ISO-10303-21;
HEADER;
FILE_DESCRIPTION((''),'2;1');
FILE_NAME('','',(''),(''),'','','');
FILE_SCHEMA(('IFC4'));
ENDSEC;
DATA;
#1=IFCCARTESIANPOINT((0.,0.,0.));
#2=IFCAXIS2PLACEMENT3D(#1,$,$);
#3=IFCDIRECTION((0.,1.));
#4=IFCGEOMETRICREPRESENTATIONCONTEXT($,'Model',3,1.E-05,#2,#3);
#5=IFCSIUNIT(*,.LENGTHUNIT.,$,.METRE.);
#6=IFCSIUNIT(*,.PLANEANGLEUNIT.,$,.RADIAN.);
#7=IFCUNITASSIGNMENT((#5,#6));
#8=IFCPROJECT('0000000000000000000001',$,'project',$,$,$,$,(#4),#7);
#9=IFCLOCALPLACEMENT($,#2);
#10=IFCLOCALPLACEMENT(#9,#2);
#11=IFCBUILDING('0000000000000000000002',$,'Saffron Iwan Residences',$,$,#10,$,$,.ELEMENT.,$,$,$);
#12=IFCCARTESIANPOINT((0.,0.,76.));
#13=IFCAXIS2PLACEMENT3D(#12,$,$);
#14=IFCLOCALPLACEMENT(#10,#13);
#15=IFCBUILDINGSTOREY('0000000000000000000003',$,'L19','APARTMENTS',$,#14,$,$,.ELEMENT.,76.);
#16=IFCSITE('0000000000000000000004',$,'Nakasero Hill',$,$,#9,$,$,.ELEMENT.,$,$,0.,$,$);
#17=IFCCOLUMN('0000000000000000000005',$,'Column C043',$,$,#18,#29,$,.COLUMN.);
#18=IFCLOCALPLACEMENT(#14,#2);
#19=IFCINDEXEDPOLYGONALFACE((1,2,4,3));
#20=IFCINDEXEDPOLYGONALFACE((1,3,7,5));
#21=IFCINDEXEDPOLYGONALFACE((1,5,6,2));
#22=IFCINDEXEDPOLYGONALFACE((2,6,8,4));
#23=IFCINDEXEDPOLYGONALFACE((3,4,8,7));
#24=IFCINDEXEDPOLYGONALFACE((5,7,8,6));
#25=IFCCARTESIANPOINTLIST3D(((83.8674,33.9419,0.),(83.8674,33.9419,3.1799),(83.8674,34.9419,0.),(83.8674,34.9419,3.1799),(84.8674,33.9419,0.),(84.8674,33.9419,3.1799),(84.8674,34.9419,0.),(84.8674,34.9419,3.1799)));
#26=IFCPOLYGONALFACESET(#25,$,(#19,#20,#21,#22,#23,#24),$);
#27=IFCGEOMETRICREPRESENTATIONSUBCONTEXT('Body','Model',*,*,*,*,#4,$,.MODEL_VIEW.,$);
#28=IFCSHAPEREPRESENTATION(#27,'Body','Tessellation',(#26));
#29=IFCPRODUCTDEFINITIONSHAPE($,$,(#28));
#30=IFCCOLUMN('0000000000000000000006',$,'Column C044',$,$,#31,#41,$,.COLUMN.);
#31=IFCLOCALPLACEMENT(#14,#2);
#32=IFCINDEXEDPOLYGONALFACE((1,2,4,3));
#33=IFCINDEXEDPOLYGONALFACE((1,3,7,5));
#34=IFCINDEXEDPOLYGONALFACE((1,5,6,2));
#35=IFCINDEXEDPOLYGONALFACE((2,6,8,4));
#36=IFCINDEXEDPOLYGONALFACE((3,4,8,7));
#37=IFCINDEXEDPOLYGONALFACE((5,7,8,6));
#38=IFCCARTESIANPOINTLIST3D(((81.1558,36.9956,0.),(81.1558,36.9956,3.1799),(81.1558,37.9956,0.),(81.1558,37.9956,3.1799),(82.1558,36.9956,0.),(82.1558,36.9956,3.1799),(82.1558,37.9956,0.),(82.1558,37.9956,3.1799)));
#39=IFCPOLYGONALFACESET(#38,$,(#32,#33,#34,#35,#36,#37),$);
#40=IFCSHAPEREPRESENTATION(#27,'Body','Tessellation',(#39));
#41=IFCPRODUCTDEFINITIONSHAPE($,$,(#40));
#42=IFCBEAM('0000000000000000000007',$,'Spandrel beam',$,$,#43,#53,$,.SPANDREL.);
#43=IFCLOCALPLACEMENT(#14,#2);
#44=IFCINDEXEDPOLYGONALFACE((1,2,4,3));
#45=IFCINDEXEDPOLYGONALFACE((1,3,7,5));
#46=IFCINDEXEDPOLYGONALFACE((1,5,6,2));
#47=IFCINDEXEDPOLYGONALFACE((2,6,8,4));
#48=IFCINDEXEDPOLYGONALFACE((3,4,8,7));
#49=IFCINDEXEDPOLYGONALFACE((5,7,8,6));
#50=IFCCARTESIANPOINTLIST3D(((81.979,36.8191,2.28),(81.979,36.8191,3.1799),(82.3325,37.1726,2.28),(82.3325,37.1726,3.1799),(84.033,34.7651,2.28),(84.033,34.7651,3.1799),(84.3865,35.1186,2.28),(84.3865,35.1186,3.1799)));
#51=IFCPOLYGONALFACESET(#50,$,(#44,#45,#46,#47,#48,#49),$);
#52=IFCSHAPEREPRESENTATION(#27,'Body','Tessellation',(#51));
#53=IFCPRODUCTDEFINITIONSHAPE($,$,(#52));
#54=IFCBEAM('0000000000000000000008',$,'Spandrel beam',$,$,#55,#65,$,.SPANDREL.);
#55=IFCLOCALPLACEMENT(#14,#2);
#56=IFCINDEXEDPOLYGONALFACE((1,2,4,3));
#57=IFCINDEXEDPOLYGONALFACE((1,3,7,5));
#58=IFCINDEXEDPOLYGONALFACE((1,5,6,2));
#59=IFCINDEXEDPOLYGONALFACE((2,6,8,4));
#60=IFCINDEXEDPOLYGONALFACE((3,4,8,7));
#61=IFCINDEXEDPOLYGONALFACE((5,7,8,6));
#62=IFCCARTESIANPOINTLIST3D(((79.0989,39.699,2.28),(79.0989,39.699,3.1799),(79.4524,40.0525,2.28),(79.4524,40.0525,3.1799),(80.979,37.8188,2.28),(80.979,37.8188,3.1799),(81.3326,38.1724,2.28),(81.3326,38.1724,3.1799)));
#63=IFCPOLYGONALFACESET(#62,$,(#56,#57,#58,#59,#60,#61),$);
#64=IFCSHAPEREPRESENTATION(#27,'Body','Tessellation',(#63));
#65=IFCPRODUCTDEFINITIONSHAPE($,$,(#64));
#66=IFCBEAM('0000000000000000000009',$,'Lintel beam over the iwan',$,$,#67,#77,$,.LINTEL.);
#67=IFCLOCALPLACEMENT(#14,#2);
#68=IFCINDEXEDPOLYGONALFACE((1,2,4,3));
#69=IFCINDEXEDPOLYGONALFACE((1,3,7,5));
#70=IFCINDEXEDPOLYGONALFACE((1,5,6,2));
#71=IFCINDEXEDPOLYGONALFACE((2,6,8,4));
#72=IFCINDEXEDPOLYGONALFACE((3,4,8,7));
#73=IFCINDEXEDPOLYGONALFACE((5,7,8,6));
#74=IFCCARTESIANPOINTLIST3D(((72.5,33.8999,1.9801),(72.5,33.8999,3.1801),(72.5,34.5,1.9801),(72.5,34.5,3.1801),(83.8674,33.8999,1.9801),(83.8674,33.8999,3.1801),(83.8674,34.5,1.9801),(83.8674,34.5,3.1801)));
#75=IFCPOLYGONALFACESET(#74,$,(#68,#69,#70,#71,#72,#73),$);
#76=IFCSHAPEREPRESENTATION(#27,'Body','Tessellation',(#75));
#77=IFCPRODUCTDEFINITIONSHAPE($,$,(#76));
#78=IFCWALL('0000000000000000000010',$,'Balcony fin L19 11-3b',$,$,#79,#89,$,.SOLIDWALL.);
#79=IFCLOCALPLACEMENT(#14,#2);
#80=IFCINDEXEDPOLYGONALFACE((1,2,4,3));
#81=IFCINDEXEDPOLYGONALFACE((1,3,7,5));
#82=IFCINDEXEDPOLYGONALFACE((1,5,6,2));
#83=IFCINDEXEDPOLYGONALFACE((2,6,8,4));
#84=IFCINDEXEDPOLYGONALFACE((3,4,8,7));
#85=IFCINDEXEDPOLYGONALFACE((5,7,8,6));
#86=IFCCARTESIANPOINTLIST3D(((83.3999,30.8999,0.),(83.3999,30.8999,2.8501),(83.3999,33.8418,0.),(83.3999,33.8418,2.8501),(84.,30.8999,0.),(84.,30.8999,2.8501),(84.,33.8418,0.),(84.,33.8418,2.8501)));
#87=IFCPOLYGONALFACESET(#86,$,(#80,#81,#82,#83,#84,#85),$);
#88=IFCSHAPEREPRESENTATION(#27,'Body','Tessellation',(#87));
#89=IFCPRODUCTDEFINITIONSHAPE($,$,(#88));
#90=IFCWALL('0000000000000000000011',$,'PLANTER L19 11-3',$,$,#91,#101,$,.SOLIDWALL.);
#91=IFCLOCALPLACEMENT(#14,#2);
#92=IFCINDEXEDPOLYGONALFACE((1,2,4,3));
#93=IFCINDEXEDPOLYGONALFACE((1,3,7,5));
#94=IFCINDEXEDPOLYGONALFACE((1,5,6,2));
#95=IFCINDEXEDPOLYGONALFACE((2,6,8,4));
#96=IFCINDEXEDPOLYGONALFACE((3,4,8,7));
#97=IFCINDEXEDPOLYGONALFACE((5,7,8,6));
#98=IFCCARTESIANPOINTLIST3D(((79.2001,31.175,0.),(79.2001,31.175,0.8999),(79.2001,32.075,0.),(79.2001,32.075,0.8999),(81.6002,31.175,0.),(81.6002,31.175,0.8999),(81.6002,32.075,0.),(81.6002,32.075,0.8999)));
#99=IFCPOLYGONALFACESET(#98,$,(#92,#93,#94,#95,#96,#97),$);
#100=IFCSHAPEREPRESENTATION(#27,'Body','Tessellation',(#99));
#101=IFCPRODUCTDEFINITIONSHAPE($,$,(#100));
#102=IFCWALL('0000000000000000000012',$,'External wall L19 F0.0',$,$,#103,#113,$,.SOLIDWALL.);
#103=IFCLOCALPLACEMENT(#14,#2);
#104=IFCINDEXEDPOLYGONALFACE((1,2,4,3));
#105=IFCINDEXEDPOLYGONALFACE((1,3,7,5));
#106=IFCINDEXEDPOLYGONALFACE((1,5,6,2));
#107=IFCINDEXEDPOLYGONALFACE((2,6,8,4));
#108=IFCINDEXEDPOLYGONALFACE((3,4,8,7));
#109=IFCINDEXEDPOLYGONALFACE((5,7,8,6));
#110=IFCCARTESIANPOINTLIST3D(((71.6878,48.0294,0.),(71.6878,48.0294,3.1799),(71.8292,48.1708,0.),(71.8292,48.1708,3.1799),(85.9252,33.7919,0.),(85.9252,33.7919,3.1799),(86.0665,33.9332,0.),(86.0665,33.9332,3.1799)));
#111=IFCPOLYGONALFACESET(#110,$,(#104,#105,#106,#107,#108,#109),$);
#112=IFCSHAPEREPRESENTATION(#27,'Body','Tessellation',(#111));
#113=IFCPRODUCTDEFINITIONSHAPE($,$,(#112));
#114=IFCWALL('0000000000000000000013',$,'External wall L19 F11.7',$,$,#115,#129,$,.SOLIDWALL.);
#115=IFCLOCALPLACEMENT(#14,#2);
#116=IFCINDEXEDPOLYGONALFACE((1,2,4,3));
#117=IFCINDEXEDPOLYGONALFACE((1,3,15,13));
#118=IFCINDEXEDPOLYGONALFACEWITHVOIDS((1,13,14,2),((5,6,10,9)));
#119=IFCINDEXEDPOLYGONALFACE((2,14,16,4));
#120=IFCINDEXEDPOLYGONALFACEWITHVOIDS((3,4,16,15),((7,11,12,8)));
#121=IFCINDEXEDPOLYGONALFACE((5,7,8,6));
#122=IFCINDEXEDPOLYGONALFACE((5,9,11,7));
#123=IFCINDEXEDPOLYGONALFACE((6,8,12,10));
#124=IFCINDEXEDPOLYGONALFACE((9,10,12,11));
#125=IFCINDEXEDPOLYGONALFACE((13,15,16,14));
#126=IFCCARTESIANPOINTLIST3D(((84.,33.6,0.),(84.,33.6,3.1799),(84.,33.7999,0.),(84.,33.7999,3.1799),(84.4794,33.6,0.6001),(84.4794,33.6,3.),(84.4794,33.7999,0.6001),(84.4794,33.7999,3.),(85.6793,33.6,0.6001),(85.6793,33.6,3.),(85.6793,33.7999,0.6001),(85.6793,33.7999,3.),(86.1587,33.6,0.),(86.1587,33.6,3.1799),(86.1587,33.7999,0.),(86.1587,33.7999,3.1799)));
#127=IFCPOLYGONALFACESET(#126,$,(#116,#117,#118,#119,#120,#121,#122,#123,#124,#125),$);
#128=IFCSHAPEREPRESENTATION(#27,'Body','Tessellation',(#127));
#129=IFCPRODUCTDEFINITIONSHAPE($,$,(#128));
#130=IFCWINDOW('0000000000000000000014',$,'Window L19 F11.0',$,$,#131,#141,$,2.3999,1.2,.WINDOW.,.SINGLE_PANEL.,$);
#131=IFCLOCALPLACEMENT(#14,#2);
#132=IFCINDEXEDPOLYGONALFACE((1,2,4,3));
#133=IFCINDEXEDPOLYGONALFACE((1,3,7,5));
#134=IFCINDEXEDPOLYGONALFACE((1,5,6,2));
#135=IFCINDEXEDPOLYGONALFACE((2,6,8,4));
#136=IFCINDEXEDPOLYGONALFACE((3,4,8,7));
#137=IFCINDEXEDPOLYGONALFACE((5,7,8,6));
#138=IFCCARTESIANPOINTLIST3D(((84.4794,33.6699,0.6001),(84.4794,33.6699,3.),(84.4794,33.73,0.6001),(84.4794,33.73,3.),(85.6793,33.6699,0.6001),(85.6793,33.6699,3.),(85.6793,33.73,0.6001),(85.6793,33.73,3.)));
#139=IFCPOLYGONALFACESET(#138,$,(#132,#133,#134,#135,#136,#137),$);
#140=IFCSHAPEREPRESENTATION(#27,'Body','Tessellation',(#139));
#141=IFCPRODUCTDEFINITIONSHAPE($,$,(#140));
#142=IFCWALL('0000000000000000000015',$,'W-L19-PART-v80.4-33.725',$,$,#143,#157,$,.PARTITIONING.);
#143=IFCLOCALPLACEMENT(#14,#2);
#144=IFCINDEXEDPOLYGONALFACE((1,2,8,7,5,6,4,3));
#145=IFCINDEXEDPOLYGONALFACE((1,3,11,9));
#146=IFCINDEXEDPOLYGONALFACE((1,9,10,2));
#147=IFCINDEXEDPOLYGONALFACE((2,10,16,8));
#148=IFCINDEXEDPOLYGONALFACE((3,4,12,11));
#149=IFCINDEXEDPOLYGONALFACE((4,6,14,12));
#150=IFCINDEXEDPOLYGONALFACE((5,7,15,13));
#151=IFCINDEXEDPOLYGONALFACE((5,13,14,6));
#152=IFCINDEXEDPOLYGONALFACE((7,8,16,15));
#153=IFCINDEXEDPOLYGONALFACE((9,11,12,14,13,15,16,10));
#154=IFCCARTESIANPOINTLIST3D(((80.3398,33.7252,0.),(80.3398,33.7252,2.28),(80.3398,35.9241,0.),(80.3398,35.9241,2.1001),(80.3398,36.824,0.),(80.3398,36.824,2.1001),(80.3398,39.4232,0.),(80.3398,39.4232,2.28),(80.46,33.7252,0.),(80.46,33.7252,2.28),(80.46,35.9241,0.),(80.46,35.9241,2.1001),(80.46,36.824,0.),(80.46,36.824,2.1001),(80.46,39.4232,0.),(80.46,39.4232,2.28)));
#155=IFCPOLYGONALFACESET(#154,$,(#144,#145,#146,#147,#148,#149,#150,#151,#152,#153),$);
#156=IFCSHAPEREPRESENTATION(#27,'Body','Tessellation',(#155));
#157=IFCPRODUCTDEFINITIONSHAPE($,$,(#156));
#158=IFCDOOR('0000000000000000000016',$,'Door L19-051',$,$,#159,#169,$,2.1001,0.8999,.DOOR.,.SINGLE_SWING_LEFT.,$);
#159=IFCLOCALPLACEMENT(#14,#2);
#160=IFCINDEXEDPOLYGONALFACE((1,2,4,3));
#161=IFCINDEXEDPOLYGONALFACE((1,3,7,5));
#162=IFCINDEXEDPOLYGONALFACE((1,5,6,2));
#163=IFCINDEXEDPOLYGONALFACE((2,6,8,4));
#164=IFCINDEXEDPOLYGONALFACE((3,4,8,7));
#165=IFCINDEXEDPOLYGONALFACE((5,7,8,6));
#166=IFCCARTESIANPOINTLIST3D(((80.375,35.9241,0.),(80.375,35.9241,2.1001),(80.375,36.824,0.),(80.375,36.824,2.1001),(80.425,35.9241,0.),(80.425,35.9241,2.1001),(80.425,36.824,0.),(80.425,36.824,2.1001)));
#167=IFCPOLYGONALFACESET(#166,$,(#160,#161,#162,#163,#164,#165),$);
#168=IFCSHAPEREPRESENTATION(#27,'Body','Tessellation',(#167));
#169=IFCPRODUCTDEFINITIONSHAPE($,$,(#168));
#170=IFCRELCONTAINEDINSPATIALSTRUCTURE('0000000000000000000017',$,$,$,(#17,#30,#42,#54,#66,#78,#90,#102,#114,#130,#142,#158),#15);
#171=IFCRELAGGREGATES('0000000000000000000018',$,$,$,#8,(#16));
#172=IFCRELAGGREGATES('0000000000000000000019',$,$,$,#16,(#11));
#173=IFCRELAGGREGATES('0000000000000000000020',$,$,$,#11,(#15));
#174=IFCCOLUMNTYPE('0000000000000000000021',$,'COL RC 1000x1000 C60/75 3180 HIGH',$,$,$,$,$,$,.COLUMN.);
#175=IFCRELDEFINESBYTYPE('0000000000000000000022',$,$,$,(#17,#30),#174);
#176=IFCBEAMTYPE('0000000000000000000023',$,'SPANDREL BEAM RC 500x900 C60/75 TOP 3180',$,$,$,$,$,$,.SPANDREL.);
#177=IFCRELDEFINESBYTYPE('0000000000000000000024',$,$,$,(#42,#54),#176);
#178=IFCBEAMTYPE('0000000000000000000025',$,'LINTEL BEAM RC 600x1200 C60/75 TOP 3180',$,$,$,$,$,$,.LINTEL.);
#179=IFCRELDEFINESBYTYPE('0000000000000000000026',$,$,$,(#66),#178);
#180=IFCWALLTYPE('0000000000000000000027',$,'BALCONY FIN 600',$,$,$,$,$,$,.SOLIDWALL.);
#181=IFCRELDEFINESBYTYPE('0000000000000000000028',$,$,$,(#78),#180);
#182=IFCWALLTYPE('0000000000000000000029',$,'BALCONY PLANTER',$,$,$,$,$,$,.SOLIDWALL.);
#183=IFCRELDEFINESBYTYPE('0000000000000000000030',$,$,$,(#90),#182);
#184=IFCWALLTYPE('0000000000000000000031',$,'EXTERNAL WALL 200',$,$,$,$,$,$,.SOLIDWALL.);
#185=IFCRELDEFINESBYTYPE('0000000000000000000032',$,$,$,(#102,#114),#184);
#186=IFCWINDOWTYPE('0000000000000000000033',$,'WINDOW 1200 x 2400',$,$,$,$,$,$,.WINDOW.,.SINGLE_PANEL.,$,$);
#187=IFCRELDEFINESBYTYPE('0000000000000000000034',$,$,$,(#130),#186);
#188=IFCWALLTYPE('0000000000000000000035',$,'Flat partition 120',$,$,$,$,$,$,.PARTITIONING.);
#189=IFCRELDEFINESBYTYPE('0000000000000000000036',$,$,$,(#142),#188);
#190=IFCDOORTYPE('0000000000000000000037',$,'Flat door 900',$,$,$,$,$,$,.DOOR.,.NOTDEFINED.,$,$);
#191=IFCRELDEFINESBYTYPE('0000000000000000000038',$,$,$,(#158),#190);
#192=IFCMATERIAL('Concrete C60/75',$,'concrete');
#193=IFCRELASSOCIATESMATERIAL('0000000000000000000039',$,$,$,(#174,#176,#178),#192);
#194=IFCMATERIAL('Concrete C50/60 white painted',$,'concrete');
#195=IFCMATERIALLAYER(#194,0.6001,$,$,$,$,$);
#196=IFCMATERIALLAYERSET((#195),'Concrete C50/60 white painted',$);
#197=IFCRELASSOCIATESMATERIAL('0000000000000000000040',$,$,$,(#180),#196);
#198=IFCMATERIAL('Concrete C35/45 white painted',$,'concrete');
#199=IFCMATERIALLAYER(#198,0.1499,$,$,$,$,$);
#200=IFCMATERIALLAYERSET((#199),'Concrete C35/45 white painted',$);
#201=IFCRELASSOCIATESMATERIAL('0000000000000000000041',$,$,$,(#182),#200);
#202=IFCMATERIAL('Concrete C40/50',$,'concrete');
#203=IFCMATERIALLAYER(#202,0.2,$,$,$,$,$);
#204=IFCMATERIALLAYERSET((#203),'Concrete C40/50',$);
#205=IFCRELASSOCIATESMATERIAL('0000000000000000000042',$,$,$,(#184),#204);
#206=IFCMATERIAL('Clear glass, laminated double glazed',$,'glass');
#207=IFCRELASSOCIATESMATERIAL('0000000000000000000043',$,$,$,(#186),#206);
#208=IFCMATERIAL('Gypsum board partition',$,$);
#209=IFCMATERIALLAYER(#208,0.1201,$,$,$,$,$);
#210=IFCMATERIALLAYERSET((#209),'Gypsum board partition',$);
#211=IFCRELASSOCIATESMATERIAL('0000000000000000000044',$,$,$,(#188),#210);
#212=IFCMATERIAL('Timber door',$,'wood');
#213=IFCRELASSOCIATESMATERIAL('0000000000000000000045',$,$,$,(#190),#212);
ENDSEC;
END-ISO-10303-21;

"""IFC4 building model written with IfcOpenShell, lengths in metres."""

from ifc_helpers import new_model, si_unit, direction, frame, frame_2d, origin, origin_2d, place, context, subcontext, project, spatial, rectangle, extrude, source, transform, mapped, material, layer, layer_set, material_profile, profile_set, type_object, element, fill, save


model = new_model("IFC4")

# Units and contexts
model_context = context("Model", 3, precision=1e-05, world=origin(), true_north=direction((0.0, 1.0)))
body_context = subcontext(model_context, "Body", "Model", "MODEL_VIEW")
ifc_project = project(units=[si_unit("LENGTHUNIT", "METRE"), si_unit("PLANEANGLEUNIT", "RADIAN")], contexts=[model_context])

# Site, building, storey
site_placement = place(None, origin())
site = spatial("IfcSite", under=ifc_project, at=site_placement, Name="Nakasero Hill", CompositionType="ELEMENT", RefElevation=0.0)
building_placement = place(site_placement, origin())
building = spatial("IfcBuilding", under=site, at=building_placement, Name="Saffron Iwan Residences", CompositionType="ELEMENT")
storey_placement = place(building_placement, frame((0.0, 0.0, 76.0)))
storey = spatial("IfcBuildingStorey", under=building, at=storey_placement, Name="L19", Description="APARTMENTS", CompositionType="ELEMENT", Elevation=76.0)

# Columns
ifc_material_1 = material(Name="Concrete C60/75", Category="concrete")
ifc_material_profile_1 = material_profile(ifc_material_1, rectangle(XDim=1.0, YDim=1.0, at=origin_2d()), Name="RC 1000x1000")
ifc_profile_set_1 = profile_set([ifc_material_profile_1], Name="Concrete C60/75")
column_type = type_object("IfcColumnType", Name="COL RC 1000x1000 C60/75 3180 HIGH", PredefinedType="COLUMN", material=ifc_profile_set_1)
shared_shape_1 = source(origin(), body_context, "Body", "SweptSolid", [
    extrude(rectangle(XDim=1.0, YDim=1.0, at=origin_2d()), origin(), (0.0, 0.0, 1.0), 3.1799),
])
for number, where, z_axis, x_axis, name in (
    (1, (84.3674, 34.4419, 0.0), (0.0, 0.0, 1.0), (1.0, 0.0, 0.0), "Column C043"),
    (2, (81.6558, 37.4956, 0.0), (0.0, 0.0, 1.0), (1.0, 0.0, 0.0), "Column C044"),
):
    element("IfcColumn", number, at=place(storey_placement, frame(where, z_axis=z_axis, x_axis=x_axis)), inside=storey, type_object=column_type, Name=name, PredefinedType="COLUMN", context=body_context, shape_type="MappedRepresentation", body=[
        mapped(shared_shape_1, transform((0.0, 0.0, 0.0))),
    ])

# Beams
ifc_material_profile_2 = material_profile(ifc_material_1, rectangle(XDim=0.5, YDim=0.8999, at=origin_2d()), Name="RC 500x900")
ifc_profile_set_2 = profile_set([ifc_material_profile_2], Name="Concrete C60/75")
beam_type_1 = type_object("IfcBeamType", Name="SPANDREL BEAM RC 500x900 C60/75 TOP 3180", PredefinedType="SPANDREL", material=ifc_profile_set_2)
shared_shape_2 = source(origin(), body_context, "Body", "SweptSolid", [
    extrude(rectangle(XDim=0.5, YDim=0.8999, at=origin_2d()), origin(), (0.0, 0.0, 1.0), 2.9048),
])
beam_1_placement = place(storey_placement, frame((82.1558, 36.9958, 2.73), z_axis=(0.707107, -0.707107, 0.0), x_axis=(0.707107, 0.707107, 0.0)))
element("IfcBeam", 3, at=beam_1_placement, inside=storey, type_object=beam_type_1, Name="Spandrel beam", PredefinedType="SPANDREL", context=body_context, shape_type="MappedRepresentation", body=[
    mapped(shared_shape_2, transform((0.0, 0.0, 0.0))),
])
shared_shape_3 = source(origin(), body_context, "Body", "SweptSolid", [
    extrude(rectangle(XDim=0.5, YDim=0.8999, at=origin_2d()), origin(), (0.0, 0.0, 1.0), 2.6589),
])
beam_2_placement = place(storey_placement, frame((79.2756, 39.8757, 2.73), z_axis=(0.707107, -0.707107, 0.0), x_axis=(0.707107, 0.707107, 0.0)))
element("IfcBeam", 4, at=beam_2_placement, inside=storey, type_object=beam_type_1, Name="Spandrel beam", PredefinedType="SPANDREL", context=body_context, shape_type="MappedRepresentation", body=[
    mapped(shared_shape_3, transform((0.0, 0.0, 0.0))),
])
ifc_material_profile_3 = material_profile(ifc_material_1, rectangle(XDim=0.6001, YDim=1.2, at=origin_2d()), Name="RC 600x1200")
ifc_profile_set_3 = profile_set([ifc_material_profile_3], Name="Concrete C60/75")
beam_type_2 = type_object("IfcBeamType", Name="LINTEL BEAM RC 600x1200 C60/75 TOP 3180", PredefinedType="LINTEL", material=ifc_profile_set_3)
shared_shape_4 = source(origin(), body_context, "Body", "SweptSolid", [
    extrude(rectangle(XDim=0.6001, YDim=1.2, at=origin_2d()), origin(), (0.0, 0.0, 1.0), 11.3674),
])
beam_3_placement = place(storey_placement, frame((83.8674, 34.2, 2.5801), z_axis=(-1.0, 0.0, 0.0), x_axis=(0.0, -1.0, 0.0)))
element("IfcBeam", 5, at=beam_3_placement, inside=storey, type_object=beam_type_2, Name="Lintel beam over the iwan", PredefinedType="LINTEL", context=body_context, shape_type="MappedRepresentation", body=[
    mapped(shared_shape_4, transform((0.0, 0.0, 0.0))),
])

# Walls
ifc_material_2 = material(Name="Concrete C50/60 white painted", Category="concrete")
ifc_layer_1 = layer(ifc_material_2, 0.6001)
ifc_layer_set_1 = layer_set([ifc_layer_1], Name="Concrete C50/60 white painted")
wall_type_1 = type_object("IfcWallType", Name="BALCONY FIN 600", PredefinedType="SOLIDWALL", material=ifc_layer_set_1)
wall_1_placement = place(storey_placement, frame((83.7, 33.8418, 0.0), z_axis=(0.0, 0.0, 1.0), x_axis=(0.0, -1.0, 0.0)))
element("IfcWall", 6, at=wall_1_placement, inside=storey, type_object=wall_type_1, Name="Balcony fin L19 11-3b", PredefinedType="SOLIDWALL", context=body_context, shape_type="SweptSolid", body=[
    extrude(rectangle(XDim=2.9419, YDim=0.6001, at=frame_2d((1.4709, 0.0))), origin(), (0.0, 0.0, 1.0), 2.8501),
])
ifc_material_3 = material(Name="Concrete C35/45 white painted", Category="concrete")
ifc_layer_2 = layer(ifc_material_3, 0.1499)
ifc_layer_set_2 = layer_set([ifc_layer_2], Name="Concrete C35/45 white painted")
wall_type_2 = type_object("IfcWallType", Name="BALCONY PLANTER", PredefinedType="SOLIDWALL", material=ifc_layer_set_2)
wall_2_placement = place(storey_placement, frame((79.2, 31.625, 0.0), z_axis=(0.0, 0.0, 1.0), x_axis=(1.0, 0.0, 0.0)))
element("IfcWall", 7, at=wall_2_placement, inside=storey, type_object=wall_type_2, Name="PLANTER L19 11-3", PredefinedType="SOLIDWALL", context=body_context, shape_type="SweptSolid", body=[
    extrude(rectangle(XDim=2.4001, YDim=0.8999, at=frame_2d((1.2002, 0.0))), origin(), (0.0, 0.0, 1.0), 0.8999),
])
ifc_material_4 = material(Name="Concrete C40/50", Category="concrete")
ifc_layer_3 = layer(ifc_material_4, 0.2)
ifc_layer_set_3 = layer_set([ifc_layer_3], Name="Concrete C40/50")
wall_type_3 = type_object("IfcWallType", Name="EXTERNAL WALL 200", PredefinedType="SOLIDWALL", material=ifc_layer_set_3)
wall_3_placement = place(storey_placement, frame((85.9958, 33.8625, 0.0), z_axis=(0.0, 0.0, 1.0), x_axis=(-0.707101, 0.707113, 0.0)))
element("IfcWall", 8, at=wall_3_placement, inside=storey, type_object=wall_type_3, Name="External wall L19 F0.0", PredefinedType="SOLIDWALL", context=body_context, shape_type="SweptSolid", body=[
    extrude(rectangle(XDim=20.1348, YDim=0.2, at=frame_2d((10.0674, 0.0))), origin(), (0.0, 0.0, 1.0), 3.1799),
])

# Wall, opening, window
wall_4_placement = place(storey_placement, frame((84.0, 33.7, 0.0), z_axis=(0.0, 0.0, 1.0), x_axis=(1.0, 0.0, 0.0)))
wall_4 = element("IfcWall", 9, at=wall_4_placement, inside=storey, type_object=wall_type_3, Name="External wall L19 F11.7", PredefinedType="SOLIDWALL", context=body_context, shape_type="SweptSolid", body=[
    extrude(rectangle(XDim=2.1587, YDim=0.2, at=frame_2d((1.0793, 0.0))), origin(), (0.0, 0.0, 1.0), 3.1799),
])
opening_1_placement = place(wall_4_placement, frame((0.4792, 0.0, 0.6001)))
opening_1 = element("IfcOpeningElement", 10, at=opening_1_placement, cuts=wall_4, PredefinedType="OPENING", context=body_context, shape_type="SweptSolid", body=[
    extrude(rectangle(XDim=1.2, YDim=2.3999, at=frame_2d((0.6001, 1.2))), frame((0.0, 0.1099, 0.0), z_axis=(0.0, -1.0, 0.0), x_axis=(1.0, 0.0, 0.0)), (0.0, 0.0, 1.0), 0.22),
])
ifc_material_5 = material(Name="Clear glass, laminated double glazed", Category="glass")
window_type = type_object("IfcWindowType", Name="WINDOW 1200 x 2400", PartitioningType="SINGLE_PANEL", PredefinedType="WINDOW", material=ifc_material_5)
window_placement = place(opening_1_placement, origin())
window = element("IfcWindow", 11, at=window_placement, inside=storey, type_object=window_type, Name="Window L19 F11.0", OverallHeight=2.3999, OverallWidth=1.2, PartitioningType="SINGLE_PANEL", PredefinedType="WINDOW", context=body_context, shape_type="SweptSolid", body=[
    extrude(rectangle(XDim=1.2, YDim=2.3999, at=frame_2d((0.6001, 1.2))), frame((0.0, 0.03, 0.0), z_axis=(0.0, -1.0, 0.0), x_axis=(1.0, 0.0, 0.0)), (0.0, 0.0, 1.0), 0.0601),
])
fill(opening_1, window)

# Wall, opening, door
ifc_material_6 = material(Name="Gypsum board partition")
ifc_layer_4 = layer(ifc_material_6, 0.1201)
ifc_layer_set_4 = layer_set([ifc_layer_4], Name="Gypsum board partition")
wall_type_4 = type_object("IfcWallType", Name="Flat partition 120", PredefinedType="PARTITIONING", material=ifc_layer_set_4)
wall_5_placement = place(storey_placement, frame((80.3999, 33.7251, 0.0), z_axis=(0.0, 0.0, 1.0), x_axis=(0.0, 1.0, 0.0)))
wall_5 = element("IfcWall", 12, at=wall_5_placement, inside=storey, type_object=wall_type_4, Name="W-L19-PART-v80.4-33.725", PredefinedType="PARTITIONING", context=body_context, shape_type="SweptSolid", body=[
    extrude(rectangle(XDim=5.698, YDim=0.1201, at=frame_2d((2.8491, 0.0))), origin(), (0.0, 0.0, 1.0), 2.28),
])
opening_2_placement = place(wall_5_placement, frame((2.199, 0.0, 0.0)))
opening_2 = element("IfcOpeningElement", 13, at=opening_2_placement, cuts=wall_5, PredefinedType="OPENING", context=body_context, shape_type="SweptSolid", body=[
    extrude(rectangle(XDim=0.8999, YDim=2.1001, at=frame_2d((0.45, 1.05))), frame((0.0, 0.0701, 0.0), z_axis=(0.0, -1.0, 0.0), x_axis=(1.0, 0.0, 0.0)), (0.0, 0.0, 1.0), 0.1401),
])
ifc_material_7 = material(Name="Timber door", Category="wood")
door_type = type_object("IfcDoorType", Name="Flat door 900", OperationType="NOTDEFINED", PredefinedType="DOOR", material=ifc_material_7)
door_placement = place(opening_2_placement, origin())
door = element("IfcDoor", 14, at=door_placement, inside=storey, type_object=door_type, Name="Door L19-051", OperationType="SINGLE_SWING_LEFT", OverallHeight=2.1001, OverallWidth=0.8999, PredefinedType="DOOR", context=body_context, shape_type="SweptSolid", body=[
    extrude(rectangle(XDim=0.8999, YDim=2.1001, at=frame_2d((0.45, 1.05))), frame((0.0, 0.0249, 0.0), z_axis=(0.0, -1.0, 0.0), x_axis=(1.0, 0.0, 0.0)), (0.0, 0.0, 1.0), 0.05),
])
fill(opening_2, door)

save(model, "model.ifc")
